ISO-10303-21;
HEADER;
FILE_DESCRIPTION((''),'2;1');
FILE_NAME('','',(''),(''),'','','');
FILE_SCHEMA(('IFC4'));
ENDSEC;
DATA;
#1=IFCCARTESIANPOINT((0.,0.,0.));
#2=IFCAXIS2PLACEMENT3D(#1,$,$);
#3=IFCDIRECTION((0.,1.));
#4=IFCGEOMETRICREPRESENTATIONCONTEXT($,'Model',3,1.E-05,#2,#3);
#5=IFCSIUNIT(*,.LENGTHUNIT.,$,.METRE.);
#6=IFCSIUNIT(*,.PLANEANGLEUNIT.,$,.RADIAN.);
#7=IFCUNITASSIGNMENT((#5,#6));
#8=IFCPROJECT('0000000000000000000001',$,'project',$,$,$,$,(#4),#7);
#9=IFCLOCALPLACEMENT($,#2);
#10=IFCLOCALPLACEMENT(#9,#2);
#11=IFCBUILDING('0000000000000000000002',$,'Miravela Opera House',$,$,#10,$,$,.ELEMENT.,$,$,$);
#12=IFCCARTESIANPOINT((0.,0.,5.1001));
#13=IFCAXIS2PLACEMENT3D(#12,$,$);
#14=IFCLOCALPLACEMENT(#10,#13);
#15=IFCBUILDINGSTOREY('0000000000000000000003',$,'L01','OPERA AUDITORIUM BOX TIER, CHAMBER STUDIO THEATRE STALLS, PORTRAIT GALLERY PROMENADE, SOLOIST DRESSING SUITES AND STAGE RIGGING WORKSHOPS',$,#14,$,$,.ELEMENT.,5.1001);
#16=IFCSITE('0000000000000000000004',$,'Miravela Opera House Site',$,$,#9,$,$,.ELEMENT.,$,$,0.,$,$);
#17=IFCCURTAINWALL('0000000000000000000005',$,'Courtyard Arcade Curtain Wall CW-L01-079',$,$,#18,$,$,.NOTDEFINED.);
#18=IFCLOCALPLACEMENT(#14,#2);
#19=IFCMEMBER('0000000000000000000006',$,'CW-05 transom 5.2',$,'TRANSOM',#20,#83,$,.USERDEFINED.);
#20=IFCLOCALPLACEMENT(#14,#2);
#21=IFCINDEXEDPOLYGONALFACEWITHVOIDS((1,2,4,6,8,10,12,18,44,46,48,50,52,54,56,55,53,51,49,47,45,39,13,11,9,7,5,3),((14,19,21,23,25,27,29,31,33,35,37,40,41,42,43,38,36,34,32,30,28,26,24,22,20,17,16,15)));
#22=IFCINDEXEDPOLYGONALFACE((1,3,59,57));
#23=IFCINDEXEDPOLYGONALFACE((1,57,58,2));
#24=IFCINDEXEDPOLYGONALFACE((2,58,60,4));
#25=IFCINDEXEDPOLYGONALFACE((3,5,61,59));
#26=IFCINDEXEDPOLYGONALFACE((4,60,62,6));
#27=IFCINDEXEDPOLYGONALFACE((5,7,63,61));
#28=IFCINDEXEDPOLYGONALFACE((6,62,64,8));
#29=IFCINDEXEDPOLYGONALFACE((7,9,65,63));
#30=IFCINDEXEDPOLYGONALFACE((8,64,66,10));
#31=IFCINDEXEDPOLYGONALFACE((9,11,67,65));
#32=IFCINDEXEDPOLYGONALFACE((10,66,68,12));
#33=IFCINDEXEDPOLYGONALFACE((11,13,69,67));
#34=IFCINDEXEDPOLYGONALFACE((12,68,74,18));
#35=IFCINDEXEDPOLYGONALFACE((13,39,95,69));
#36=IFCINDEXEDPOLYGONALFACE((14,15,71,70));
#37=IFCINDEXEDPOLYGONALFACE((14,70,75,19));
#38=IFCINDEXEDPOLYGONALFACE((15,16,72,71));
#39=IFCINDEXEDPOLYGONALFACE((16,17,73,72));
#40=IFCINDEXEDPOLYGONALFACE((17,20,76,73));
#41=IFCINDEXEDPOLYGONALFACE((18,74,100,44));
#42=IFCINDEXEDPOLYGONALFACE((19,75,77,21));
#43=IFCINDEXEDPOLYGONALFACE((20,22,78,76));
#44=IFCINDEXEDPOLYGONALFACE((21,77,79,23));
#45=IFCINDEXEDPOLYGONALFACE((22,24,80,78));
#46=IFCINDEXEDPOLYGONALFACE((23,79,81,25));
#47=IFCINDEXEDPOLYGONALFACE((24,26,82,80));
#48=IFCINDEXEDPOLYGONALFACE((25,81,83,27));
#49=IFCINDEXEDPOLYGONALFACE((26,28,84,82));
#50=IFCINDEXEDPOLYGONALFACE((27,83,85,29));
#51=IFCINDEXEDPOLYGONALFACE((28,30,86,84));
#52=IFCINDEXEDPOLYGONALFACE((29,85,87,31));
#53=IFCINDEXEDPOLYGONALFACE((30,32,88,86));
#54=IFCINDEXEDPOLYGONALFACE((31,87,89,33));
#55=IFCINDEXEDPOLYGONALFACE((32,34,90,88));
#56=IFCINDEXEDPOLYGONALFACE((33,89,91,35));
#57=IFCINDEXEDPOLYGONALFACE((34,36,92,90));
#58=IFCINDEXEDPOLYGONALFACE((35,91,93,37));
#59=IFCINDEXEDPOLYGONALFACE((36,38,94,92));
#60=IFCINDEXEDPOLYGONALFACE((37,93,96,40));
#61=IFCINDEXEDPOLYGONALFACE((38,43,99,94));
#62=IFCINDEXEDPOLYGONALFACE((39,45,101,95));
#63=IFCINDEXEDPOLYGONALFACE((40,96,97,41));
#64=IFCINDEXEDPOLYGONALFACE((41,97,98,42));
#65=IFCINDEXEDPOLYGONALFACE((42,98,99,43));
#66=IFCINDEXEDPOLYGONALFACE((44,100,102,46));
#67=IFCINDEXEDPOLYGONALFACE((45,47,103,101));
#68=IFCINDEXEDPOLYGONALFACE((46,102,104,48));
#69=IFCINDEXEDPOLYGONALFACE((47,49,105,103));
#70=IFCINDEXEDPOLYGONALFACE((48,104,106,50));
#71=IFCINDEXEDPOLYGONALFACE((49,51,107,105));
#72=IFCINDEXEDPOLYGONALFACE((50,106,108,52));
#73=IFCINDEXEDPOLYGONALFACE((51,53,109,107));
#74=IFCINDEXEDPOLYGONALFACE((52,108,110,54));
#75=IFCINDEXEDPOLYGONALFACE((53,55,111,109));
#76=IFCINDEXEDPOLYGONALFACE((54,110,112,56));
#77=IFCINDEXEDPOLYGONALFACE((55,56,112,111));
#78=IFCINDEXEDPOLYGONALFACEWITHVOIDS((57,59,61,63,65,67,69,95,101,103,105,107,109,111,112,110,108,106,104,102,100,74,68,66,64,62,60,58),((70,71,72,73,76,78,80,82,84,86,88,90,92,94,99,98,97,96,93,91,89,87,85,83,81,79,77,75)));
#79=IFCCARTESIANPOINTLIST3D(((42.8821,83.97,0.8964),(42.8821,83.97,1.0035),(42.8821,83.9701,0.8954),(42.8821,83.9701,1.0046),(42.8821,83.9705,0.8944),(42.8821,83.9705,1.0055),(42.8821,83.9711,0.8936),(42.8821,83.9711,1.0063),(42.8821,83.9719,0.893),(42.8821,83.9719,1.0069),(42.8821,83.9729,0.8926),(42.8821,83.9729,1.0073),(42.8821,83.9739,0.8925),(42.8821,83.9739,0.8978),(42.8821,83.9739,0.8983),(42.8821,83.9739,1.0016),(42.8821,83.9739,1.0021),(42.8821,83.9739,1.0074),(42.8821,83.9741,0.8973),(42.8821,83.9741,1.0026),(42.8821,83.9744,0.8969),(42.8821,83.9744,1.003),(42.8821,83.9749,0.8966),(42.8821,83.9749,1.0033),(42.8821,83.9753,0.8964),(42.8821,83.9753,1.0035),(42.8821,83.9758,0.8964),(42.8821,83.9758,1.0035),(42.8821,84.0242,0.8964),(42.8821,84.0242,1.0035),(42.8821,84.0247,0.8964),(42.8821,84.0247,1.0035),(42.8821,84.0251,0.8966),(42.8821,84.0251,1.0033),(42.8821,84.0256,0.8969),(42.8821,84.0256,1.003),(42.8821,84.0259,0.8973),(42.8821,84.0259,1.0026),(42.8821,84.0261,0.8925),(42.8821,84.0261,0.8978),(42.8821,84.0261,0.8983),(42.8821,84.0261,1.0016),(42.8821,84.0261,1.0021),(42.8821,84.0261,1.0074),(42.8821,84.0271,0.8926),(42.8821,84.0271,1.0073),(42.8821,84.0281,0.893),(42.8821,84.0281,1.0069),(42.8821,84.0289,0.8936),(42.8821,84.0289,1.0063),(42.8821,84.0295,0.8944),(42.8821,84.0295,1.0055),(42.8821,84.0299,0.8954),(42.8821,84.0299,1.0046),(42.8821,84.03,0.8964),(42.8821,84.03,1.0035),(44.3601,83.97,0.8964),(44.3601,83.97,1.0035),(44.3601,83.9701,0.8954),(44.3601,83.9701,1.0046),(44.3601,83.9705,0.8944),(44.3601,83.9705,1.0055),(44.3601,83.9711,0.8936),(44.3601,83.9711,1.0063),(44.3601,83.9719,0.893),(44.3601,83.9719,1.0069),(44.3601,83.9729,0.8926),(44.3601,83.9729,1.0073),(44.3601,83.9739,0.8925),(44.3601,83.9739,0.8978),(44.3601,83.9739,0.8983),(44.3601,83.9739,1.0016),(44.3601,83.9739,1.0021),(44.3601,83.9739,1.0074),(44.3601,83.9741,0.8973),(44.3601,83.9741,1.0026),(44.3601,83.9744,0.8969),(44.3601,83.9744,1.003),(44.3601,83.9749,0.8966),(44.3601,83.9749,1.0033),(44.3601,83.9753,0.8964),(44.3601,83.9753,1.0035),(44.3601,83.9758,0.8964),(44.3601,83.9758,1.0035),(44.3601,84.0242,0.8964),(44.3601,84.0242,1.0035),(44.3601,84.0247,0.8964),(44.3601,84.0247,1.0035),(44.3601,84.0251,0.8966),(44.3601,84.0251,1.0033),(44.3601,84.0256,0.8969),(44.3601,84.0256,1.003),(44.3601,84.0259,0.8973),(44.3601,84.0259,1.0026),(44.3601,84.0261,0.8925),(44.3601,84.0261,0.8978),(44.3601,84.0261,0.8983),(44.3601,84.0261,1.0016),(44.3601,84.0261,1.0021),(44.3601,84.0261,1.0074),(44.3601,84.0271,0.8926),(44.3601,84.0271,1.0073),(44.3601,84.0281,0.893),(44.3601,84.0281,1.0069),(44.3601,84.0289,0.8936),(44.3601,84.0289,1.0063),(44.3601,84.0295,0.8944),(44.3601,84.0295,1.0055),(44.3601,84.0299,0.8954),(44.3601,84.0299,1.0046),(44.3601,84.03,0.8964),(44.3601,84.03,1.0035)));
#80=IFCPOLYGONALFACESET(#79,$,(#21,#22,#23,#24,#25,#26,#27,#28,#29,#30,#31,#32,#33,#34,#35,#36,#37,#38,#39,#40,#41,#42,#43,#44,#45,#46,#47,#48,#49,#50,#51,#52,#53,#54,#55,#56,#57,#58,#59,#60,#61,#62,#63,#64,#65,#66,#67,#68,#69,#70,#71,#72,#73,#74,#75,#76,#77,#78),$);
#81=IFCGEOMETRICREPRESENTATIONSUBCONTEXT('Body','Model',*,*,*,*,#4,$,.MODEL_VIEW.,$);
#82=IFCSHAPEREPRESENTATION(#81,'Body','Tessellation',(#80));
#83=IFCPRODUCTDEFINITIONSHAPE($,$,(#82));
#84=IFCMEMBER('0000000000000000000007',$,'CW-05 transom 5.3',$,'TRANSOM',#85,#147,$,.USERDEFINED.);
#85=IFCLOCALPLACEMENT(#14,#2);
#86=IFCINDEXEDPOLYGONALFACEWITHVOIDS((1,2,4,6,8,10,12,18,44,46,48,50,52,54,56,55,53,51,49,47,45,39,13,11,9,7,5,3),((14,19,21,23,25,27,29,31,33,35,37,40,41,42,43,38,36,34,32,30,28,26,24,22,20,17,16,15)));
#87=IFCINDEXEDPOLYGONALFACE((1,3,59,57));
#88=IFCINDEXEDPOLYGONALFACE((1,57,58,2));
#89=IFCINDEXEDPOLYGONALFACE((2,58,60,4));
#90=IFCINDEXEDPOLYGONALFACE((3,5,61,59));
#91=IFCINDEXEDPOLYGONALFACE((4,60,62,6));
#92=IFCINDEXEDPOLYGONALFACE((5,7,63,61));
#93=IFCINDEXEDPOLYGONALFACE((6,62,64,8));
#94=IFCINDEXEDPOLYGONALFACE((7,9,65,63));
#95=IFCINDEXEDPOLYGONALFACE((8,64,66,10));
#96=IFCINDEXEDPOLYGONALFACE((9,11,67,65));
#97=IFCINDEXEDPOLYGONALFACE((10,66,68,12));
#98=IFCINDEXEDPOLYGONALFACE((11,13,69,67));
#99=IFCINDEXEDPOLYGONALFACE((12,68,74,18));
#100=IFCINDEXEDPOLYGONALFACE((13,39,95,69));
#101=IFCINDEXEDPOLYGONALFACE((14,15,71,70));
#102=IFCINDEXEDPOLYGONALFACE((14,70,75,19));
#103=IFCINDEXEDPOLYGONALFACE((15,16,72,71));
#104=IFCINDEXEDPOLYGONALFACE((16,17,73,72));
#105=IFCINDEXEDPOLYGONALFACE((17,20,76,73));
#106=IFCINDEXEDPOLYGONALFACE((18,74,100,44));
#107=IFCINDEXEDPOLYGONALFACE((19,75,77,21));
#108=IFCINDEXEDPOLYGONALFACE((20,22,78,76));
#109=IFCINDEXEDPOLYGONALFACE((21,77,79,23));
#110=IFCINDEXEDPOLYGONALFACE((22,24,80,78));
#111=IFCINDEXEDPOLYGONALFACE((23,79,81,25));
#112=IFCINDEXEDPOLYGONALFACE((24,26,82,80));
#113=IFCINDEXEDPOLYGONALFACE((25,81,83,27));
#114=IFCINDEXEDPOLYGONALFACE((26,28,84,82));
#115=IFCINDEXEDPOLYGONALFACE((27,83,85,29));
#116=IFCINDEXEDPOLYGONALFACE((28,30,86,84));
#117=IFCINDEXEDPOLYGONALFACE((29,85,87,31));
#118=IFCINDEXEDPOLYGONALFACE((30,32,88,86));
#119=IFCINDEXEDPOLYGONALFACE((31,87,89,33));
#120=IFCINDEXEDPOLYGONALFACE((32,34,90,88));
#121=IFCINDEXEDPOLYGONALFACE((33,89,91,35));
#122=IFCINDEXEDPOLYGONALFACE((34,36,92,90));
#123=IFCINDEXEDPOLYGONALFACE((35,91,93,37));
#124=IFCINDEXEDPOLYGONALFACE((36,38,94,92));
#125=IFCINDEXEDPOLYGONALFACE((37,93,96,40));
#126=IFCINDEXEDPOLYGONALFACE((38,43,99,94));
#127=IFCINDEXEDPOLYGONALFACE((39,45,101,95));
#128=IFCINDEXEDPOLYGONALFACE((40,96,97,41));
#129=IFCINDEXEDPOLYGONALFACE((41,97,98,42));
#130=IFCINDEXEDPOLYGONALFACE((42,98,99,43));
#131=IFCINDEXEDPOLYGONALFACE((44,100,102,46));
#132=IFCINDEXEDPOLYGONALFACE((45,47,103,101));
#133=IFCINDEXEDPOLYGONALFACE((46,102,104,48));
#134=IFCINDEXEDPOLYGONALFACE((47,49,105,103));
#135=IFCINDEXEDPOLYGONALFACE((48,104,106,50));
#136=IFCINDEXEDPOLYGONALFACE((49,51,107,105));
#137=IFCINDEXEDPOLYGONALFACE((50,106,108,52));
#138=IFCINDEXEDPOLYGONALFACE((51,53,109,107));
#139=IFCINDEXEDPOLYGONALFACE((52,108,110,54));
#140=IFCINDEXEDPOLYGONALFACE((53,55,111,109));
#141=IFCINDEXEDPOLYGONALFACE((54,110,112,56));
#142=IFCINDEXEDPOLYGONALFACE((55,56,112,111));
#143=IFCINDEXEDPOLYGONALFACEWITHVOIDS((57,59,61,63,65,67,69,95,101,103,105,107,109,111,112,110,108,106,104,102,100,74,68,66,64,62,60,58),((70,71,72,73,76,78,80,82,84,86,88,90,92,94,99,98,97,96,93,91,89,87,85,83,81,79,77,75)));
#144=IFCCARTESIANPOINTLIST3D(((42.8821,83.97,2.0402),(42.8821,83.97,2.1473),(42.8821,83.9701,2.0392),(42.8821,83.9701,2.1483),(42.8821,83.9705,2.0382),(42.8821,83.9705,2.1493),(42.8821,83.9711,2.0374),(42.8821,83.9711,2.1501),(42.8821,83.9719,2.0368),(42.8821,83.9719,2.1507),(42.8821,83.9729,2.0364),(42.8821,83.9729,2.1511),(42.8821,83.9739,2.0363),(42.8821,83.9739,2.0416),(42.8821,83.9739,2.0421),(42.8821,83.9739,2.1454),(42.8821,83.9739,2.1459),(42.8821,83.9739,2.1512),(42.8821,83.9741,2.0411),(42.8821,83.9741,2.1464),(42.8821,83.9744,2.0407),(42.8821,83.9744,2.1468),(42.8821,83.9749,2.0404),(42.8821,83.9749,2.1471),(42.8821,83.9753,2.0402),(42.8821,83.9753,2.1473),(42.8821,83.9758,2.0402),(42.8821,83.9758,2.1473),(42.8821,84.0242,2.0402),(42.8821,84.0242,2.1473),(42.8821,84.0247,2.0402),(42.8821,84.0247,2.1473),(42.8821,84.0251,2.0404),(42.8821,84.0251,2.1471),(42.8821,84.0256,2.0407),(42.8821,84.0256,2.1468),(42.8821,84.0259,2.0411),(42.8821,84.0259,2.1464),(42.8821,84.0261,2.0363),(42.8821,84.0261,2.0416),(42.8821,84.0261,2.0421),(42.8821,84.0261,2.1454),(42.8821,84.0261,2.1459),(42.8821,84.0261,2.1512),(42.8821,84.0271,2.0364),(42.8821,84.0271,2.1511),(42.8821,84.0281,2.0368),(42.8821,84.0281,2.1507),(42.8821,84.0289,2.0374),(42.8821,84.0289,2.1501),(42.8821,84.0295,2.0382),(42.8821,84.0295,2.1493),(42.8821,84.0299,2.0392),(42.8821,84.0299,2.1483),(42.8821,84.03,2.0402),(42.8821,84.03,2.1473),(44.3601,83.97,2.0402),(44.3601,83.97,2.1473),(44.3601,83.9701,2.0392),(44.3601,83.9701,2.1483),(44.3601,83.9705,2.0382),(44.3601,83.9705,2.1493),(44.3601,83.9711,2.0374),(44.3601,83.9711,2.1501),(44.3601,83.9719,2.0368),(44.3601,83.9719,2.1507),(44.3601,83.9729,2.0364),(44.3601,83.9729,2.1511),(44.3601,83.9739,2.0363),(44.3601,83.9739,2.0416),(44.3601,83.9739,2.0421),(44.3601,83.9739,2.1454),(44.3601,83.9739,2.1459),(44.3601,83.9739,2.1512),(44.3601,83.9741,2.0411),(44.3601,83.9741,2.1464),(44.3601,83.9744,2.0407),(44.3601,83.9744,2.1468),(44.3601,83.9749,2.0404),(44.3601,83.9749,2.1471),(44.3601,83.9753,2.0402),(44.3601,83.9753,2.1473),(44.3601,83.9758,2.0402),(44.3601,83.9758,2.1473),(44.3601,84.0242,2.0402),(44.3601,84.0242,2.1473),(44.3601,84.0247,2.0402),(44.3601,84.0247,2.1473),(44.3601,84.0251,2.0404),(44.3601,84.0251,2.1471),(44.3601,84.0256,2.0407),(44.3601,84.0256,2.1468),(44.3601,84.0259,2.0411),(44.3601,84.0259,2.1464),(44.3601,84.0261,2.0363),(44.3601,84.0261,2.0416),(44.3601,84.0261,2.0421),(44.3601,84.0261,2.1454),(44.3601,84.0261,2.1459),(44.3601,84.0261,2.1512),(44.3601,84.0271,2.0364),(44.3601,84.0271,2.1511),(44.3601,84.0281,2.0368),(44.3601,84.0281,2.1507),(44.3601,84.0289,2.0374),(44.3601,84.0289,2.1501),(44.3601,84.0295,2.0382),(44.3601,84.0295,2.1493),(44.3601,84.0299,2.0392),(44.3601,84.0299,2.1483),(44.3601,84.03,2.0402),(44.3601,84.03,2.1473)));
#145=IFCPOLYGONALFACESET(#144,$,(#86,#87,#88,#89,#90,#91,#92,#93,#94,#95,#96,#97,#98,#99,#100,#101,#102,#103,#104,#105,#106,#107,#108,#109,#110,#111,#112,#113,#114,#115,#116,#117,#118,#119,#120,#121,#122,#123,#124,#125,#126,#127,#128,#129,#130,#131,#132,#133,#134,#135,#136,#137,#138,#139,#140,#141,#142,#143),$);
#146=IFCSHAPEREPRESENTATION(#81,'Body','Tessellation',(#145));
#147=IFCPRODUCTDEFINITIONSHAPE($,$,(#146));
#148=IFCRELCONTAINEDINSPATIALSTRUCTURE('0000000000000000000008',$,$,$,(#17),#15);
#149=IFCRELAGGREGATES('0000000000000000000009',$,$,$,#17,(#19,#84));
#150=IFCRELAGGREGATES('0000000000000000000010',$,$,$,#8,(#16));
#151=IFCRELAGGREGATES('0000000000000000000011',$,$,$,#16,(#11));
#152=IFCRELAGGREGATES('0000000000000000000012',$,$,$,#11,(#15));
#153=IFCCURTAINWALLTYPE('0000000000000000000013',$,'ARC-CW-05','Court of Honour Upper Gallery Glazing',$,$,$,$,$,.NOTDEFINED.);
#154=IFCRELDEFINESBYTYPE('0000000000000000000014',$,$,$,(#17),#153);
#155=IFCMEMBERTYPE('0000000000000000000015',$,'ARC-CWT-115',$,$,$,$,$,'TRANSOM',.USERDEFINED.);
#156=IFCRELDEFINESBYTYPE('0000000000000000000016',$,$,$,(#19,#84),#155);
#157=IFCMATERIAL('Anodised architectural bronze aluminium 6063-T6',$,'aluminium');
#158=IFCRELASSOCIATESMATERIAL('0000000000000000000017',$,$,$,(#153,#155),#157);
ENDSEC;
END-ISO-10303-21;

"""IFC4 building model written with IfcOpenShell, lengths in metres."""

from ifc_helpers import new_model, si_unit, direction, frame, origin, origin_2d, place, context, subcontext, project, spatial, hollow_rectangle, extrude, material, material_profile, profile_set, type_object, element, aggregate, save


model = new_model("IFC4")

# Units and contexts
model_context = context("Model", 3, precision=1e-05, world=origin(), true_north=direction((0.0, 1.0)))
body_context = subcontext(model_context, "Body", "Model", "MODEL_VIEW")
ifc_project = project(units=[si_unit("LENGTHUNIT", "METRE"), si_unit("PLANEANGLEUNIT", "RADIAN")], contexts=[model_context])

# Site, building, storey
site_placement = place(None, origin())
site = spatial("IfcSite", under=ifc_project, at=site_placement, Name="Miravela Opera House Site", CompositionType="ELEMENT", RefElevation=0.0)
building_placement = place(site_placement, origin())
building = spatial("IfcBuilding", under=site, at=building_placement, Name="Miravela Opera House", CompositionType="ELEMENT")
storey_placement = place(building_placement, frame((0.0, 0.0, 5.1001)))
storey = spatial("IfcBuildingStorey", under=building, at=storey_placement, Name="L01", Description="OPERA AUDITORIUM BOX TIER, CHAMBER STUDIO THEATRE STALLS, PORTRAIT GALLERY PROMENADE, SOLOIST DRESSING SUITES AND STAGE RIGGING WORKSHOPS", CompositionType="ELEMENT", Elevation=5.1001)

# Curtain wall, members
ifc_material_1 = material(Name="Anodised architectural bronze aluminium 6063-T6", Category="aluminium")
curtain_wall_type = type_object("IfcCurtainWallType", Name="ARC-CW-05", Description="Court of Honour Upper Gallery Glazing", PredefinedType="NOTDEFINED", material=ifc_material_1)
curtain_wall_placement = place(storey_placement, origin())
curtain_wall = element("IfcCurtainWall", 1, at=curtain_wall_placement, inside=storey, type_object=curtain_wall_type, Name="Courtyard Arcade Curtain Wall CW-L01-079", PredefinedType="NOTDEFINED")
ifc_material_profile_1 = material_profile(ifc_material_1, hollow_rectangle(XDim=0.0601, YDim=0.115, WallThickness=0.0039, InnerFilletRadius=0.002, OuterFilletRadius=0.0039, at=origin_2d()), Name="CWT-60X115")
ifc_profile_set_1 = profile_set([ifc_material_profile_1])
member_type_1 = type_object("IfcMemberType", Name="ARC-CWT-115", ElementType="TRANSOM", PredefinedType="USERDEFINED", material=ifc_profile_set_1)
member_1_placement = place(storey_placement, frame((42.8821, 84.0, 0.95), z_axis=(1.0, 0.0, 0.0), x_axis=(0.0, 1.0, 0.0)))
member_1 = element("IfcMember", 2, at=member_1_placement, type_object=member_type_1, Name="CW-05 transom 5.2", ObjectType="TRANSOM", PredefinedType="USERDEFINED", context=body_context, shape_type="SweptSolid", body=[
    extrude(hollow_rectangle(XDim=0.0601, YDim=0.115, WallThickness=0.0039, InnerFilletRadius=0.002, OuterFilletRadius=0.0039, at=origin_2d()), origin(), (0.0, 0.0, 1.0), 1.478),
])
member_2_placement = place(storey_placement, frame((42.8821, 84.0, 2.0938), z_axis=(1.0, 0.0, 0.0), x_axis=(0.0, 1.0, 0.0)))
member_2 = element("IfcMember", 3, at=member_2_placement, type_object=member_type_1, Name="CW-05 transom 5.3", ObjectType="TRANSOM", PredefinedType="USERDEFINED", context=body_context, shape_type="SweptSolid", body=[
    extrude(hollow_rectangle(XDim=0.0601, YDim=0.115, WallThickness=0.0039, InnerFilletRadius=0.002, OuterFilletRadius=0.0039, at=origin_2d()), origin(), (0.0, 0.0, 1.0), 1.478),
])
aggregate(curtain_wall, [member_1, member_2])

save(model, "model.ifc")
